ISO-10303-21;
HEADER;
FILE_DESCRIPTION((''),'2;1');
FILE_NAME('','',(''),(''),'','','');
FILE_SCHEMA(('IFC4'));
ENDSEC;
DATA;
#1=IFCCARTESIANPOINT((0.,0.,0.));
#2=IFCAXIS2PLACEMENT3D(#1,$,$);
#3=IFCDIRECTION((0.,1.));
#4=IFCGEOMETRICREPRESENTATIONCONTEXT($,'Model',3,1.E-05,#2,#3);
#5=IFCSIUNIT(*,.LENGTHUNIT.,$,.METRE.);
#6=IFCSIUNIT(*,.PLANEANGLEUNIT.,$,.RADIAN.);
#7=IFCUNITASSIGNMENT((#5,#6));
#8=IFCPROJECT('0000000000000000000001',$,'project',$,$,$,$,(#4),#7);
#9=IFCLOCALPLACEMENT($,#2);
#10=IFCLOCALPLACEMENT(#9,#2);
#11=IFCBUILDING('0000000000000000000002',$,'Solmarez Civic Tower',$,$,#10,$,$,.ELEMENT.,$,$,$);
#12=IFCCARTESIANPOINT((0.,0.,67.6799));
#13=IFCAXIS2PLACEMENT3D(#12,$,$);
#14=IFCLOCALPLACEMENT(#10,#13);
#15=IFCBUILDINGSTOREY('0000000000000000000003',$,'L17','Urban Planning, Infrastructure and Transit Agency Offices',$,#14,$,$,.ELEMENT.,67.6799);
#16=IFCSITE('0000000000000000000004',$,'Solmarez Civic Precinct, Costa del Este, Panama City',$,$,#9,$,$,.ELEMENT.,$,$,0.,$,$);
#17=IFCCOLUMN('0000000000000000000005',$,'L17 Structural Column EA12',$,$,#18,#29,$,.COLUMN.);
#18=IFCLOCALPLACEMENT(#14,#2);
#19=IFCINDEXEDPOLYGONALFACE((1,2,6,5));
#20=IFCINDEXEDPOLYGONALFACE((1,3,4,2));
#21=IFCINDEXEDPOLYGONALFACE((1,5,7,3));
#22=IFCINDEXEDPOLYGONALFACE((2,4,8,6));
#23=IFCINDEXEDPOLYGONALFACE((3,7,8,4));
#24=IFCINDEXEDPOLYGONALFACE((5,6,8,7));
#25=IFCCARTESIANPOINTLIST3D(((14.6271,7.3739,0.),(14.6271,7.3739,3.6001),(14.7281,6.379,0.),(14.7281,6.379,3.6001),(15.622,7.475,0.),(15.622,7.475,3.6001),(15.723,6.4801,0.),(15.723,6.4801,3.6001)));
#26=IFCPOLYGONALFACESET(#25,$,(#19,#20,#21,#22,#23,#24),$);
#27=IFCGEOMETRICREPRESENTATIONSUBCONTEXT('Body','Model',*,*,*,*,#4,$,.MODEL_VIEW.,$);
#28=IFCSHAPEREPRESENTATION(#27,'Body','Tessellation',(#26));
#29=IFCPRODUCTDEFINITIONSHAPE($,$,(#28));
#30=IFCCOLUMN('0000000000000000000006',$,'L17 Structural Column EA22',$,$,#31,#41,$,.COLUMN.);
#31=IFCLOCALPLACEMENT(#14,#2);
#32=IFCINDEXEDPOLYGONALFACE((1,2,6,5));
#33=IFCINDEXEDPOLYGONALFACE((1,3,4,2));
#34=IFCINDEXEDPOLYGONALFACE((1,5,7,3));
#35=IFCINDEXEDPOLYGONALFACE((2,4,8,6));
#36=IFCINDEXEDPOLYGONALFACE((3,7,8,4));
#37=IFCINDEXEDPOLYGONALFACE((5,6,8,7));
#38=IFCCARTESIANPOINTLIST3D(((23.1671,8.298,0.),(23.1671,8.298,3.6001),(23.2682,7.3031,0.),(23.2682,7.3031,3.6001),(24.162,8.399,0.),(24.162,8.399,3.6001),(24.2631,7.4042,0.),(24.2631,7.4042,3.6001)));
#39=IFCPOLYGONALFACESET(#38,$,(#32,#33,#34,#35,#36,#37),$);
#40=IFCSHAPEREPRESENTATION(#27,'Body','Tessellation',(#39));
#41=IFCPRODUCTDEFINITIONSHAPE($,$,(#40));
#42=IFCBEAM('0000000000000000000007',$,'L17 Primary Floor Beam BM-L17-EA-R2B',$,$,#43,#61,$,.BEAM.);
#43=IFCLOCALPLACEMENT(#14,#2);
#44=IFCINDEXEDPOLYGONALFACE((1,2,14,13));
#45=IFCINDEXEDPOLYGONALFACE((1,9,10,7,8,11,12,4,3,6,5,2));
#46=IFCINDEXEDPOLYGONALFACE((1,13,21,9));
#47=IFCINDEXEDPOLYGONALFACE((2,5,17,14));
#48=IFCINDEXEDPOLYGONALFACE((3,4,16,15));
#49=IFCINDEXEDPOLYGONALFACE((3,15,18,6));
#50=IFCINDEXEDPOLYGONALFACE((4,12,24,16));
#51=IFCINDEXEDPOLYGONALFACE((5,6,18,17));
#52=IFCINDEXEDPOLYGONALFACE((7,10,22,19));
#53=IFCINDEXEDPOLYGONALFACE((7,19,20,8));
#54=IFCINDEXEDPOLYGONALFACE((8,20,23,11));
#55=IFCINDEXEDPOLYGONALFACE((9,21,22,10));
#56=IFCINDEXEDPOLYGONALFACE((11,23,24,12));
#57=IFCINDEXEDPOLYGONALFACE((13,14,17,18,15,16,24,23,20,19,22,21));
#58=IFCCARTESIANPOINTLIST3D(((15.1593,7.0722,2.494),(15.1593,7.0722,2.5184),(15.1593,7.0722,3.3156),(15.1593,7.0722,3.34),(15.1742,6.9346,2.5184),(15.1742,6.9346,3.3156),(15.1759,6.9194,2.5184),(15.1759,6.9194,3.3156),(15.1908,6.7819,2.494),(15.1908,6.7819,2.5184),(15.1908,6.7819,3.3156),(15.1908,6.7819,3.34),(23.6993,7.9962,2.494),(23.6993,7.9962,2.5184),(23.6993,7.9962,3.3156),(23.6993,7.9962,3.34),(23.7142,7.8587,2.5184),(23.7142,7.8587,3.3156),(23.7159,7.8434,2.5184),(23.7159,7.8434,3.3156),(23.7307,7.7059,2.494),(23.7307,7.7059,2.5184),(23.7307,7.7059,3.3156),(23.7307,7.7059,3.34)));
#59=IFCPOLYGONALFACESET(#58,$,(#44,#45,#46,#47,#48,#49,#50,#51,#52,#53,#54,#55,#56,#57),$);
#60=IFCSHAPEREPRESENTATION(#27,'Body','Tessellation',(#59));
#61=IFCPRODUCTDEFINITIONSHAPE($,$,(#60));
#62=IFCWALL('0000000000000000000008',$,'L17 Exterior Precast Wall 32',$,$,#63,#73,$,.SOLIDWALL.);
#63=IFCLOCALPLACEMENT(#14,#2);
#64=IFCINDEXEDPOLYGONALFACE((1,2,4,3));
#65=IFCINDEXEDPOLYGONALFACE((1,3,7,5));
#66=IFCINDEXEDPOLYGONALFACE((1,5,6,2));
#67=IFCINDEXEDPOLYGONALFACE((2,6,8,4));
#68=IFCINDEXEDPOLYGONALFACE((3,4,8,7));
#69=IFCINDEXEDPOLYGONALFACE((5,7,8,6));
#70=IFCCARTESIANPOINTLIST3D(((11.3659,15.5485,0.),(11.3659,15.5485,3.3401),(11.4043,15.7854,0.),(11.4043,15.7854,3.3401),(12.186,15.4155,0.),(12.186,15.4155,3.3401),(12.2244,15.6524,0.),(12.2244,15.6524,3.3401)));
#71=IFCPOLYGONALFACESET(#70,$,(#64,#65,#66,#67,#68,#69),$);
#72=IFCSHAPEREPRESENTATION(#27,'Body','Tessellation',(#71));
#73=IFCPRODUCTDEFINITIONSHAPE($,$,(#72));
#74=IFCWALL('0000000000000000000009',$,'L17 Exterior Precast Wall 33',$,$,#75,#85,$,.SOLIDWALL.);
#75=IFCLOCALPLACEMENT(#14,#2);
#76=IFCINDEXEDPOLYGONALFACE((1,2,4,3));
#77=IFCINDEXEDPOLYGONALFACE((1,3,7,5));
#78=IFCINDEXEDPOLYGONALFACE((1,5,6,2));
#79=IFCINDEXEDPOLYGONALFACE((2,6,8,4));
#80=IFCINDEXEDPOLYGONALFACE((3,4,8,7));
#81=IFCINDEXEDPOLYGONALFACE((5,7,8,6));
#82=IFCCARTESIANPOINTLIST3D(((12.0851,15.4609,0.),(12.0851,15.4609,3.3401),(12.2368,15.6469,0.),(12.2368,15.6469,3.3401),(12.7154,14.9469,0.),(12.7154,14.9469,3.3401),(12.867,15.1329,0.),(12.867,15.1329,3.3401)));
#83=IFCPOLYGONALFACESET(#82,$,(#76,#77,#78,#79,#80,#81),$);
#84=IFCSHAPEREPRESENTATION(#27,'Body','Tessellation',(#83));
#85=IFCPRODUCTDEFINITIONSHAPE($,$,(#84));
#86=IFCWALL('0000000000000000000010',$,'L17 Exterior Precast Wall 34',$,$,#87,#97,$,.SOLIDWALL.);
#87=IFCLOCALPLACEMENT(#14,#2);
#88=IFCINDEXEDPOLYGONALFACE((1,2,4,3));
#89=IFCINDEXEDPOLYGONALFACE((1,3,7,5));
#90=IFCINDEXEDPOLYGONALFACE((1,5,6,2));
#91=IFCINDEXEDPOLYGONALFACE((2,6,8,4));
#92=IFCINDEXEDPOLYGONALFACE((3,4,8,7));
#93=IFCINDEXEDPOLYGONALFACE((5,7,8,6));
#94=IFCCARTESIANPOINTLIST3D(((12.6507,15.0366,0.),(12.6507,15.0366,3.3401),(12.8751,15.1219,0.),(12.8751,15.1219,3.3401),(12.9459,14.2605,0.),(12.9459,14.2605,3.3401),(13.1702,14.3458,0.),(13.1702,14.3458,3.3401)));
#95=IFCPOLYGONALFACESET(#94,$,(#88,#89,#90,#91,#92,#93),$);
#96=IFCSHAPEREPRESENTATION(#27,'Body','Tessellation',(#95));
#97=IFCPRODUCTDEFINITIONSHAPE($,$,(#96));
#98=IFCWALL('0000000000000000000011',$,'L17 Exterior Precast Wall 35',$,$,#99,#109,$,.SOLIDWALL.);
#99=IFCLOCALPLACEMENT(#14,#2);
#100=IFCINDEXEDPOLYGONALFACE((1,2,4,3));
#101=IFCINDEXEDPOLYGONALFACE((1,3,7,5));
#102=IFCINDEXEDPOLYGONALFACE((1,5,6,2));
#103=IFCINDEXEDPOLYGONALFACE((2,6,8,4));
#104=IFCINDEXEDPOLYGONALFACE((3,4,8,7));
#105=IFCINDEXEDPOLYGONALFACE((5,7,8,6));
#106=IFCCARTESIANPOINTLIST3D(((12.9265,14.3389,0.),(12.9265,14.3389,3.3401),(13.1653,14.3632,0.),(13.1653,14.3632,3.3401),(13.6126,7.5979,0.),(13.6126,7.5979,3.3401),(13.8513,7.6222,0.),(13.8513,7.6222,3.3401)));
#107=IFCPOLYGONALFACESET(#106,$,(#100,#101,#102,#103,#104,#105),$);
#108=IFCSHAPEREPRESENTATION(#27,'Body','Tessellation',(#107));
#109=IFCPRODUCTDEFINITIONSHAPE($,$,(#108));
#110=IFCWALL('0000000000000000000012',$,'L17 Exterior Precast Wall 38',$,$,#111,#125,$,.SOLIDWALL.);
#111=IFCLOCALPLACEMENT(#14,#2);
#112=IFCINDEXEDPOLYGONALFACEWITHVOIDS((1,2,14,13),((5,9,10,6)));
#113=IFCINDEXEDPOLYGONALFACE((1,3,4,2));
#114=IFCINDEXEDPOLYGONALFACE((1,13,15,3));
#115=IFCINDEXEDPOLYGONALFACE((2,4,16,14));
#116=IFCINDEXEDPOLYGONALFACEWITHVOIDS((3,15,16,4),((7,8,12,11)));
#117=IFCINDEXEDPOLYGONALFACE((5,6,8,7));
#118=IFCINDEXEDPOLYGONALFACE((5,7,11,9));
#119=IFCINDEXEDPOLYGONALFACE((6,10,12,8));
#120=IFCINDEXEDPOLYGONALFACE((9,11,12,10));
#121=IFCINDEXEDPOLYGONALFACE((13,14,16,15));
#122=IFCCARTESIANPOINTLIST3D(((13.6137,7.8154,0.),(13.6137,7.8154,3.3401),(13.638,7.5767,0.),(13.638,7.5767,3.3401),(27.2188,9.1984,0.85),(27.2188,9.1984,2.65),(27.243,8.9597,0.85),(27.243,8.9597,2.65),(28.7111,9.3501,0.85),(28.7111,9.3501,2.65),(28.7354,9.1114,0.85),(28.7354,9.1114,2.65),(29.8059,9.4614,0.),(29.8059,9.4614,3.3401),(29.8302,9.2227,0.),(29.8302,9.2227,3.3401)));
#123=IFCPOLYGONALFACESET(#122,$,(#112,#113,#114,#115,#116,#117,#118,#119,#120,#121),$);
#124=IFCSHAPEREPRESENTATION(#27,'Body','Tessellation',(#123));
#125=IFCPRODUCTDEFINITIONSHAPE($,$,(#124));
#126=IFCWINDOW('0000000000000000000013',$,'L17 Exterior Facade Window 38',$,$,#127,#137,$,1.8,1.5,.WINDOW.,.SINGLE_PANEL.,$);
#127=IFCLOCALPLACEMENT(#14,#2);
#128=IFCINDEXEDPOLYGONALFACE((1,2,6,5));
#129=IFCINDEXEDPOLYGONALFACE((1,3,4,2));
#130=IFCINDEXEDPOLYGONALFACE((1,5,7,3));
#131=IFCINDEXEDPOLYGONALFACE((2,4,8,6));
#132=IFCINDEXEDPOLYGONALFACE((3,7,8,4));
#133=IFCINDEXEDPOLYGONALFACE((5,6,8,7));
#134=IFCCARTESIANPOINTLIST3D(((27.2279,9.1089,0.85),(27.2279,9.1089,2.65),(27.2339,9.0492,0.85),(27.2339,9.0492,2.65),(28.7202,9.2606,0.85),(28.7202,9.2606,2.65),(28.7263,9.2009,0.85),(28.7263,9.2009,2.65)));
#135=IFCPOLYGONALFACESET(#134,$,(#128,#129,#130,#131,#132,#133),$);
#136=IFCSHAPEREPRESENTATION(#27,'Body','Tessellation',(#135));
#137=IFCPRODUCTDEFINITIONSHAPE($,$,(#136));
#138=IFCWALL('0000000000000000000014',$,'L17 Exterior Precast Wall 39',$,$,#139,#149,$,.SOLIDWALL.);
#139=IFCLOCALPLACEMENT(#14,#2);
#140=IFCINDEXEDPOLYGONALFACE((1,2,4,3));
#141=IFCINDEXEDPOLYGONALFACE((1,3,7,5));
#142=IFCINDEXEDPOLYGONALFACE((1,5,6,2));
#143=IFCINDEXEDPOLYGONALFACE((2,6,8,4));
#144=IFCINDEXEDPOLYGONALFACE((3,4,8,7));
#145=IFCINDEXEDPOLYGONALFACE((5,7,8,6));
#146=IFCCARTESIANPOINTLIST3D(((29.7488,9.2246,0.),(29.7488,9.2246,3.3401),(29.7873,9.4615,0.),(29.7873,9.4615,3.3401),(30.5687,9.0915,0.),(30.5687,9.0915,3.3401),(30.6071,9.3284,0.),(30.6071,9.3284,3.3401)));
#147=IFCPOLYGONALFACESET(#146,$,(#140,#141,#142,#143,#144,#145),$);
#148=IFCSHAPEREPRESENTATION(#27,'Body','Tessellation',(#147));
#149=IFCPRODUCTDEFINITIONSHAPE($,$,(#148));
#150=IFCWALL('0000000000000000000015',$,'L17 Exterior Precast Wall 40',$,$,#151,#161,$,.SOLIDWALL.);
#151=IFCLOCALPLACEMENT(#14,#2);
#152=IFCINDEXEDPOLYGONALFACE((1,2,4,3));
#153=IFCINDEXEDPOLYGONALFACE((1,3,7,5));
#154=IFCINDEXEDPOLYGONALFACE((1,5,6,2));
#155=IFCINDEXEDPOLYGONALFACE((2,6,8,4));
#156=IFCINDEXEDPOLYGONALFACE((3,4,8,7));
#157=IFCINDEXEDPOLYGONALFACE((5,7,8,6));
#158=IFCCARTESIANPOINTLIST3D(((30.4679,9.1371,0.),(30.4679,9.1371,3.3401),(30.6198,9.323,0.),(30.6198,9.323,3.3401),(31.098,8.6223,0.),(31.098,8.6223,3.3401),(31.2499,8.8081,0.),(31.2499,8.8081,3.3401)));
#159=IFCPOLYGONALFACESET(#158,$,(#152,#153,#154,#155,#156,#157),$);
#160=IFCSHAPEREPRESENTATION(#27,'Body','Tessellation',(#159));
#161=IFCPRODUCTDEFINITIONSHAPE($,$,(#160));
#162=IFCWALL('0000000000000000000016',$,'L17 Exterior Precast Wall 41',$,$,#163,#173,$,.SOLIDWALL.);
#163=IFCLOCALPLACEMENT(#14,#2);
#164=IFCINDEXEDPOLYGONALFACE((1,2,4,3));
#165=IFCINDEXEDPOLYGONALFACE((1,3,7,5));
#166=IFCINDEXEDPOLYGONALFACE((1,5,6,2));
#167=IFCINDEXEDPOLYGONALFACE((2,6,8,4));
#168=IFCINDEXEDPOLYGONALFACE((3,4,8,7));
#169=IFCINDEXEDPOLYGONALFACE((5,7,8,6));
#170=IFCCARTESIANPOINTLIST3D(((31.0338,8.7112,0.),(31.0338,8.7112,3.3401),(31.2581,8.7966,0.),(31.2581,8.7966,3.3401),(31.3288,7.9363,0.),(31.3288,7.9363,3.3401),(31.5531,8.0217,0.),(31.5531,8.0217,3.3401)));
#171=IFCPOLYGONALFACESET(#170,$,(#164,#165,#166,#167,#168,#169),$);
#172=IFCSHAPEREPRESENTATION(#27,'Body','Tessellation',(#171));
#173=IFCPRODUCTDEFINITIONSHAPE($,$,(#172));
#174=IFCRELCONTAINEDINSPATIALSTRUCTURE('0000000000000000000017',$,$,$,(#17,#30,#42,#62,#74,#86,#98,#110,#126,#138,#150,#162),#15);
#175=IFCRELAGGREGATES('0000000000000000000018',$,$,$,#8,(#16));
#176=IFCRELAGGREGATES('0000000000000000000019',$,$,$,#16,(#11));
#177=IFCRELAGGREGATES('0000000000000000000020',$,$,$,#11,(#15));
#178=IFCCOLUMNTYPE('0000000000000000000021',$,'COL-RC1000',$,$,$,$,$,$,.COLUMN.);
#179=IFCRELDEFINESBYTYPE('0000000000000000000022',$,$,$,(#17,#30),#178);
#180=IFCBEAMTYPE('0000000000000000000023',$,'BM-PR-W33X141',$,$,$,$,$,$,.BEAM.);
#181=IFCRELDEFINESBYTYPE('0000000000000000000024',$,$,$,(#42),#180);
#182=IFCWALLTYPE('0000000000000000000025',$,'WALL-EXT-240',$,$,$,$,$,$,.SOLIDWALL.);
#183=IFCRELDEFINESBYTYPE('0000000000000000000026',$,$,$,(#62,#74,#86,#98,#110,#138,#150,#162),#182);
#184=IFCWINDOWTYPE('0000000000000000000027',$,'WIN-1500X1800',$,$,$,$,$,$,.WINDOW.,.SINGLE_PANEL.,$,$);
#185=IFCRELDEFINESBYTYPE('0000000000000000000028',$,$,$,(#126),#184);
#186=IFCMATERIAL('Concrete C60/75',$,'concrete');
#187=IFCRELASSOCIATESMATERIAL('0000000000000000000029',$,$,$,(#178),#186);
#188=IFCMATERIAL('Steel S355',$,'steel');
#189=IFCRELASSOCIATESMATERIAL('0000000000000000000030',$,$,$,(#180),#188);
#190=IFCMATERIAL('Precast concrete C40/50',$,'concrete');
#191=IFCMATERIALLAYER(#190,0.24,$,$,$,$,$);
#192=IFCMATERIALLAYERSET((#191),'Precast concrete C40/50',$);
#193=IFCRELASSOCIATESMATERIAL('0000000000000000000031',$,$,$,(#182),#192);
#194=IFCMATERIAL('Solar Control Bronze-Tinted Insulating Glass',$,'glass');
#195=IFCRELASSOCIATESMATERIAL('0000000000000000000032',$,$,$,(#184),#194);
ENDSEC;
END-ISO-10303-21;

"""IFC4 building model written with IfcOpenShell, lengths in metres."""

from ifc_helpers import new_model, si_unit, direction, frame, frame_2d, origin, origin_2d, place, context, subcontext, project, spatial, rectangle, i_section, extrude, material, layer, layer_set, material_profile, profile_set, type_object, element, fill, save


model = new_model("IFC4")

# Units and contexts
model_context = context("Model", 3, precision=1e-05, world=origin(), true_north=direction((0.0, 1.0)))
body_context = subcontext(model_context, "Body", "Model", "MODEL_VIEW")
ifc_project = project(units=[si_unit("LENGTHUNIT", "METRE"), si_unit("PLANEANGLEUNIT", "RADIAN")], contexts=[model_context])

# Site, building, storey
site_placement = place(None, origin())
site = spatial("IfcSite", under=ifc_project, at=site_placement, Name="Solmarez Civic Precinct, Costa del Este, Panama City", CompositionType="ELEMENT", RefElevation=0.0)
building_placement = place(site_placement, origin())
building = spatial("IfcBuilding", under=site, at=building_placement, Name="Solmarez Civic Tower", CompositionType="ELEMENT")
storey_placement = place(building_placement, frame((0.0, 0.0, 67.6799)))
storey = spatial("IfcBuildingStorey", under=building, at=storey_placement, Name="L17", Description="Urban Planning, Infrastructure and Transit Agency Offices", CompositionType="ELEMENT", Elevation=67.6799)

# Columns
ifc_material_1 = material(Name="Concrete C60/75", Category="concrete")
ifc_material_profile_1 = material_profile(ifc_material_1, rectangle(XDim=1.0, YDim=1.0, at=origin_2d()), Name="RC1000X1000")
ifc_profile_set_1 = profile_set([ifc_material_profile_1], Name="Concrete C60/75")
column_type = type_object("IfcColumnType", Name="COL-RC1000", PredefinedType="COLUMN", material=ifc_profile_set_1)
for number, where, z_axis, x_axis, name in (
    (1, (15.175, 6.927, 0.0), (0.0, 0.0, 1.0), (0.994881, 0.101056, 0.0), "L17 Structural Column EA12"),
    (2, (23.7151, 7.8511, 0.0), (0.0, 0.0, 1.0), (0.994881, 0.101056, 0.0), "L17 Structural Column EA22"),
):
    element("IfcColumn", number, at=place(storey_placement, frame(where, z_axis=z_axis, x_axis=x_axis)), inside=storey, type_object=column_type, Name=name, PredefinedType="COLUMN", context=body_context, shape_type="SweptSolid", body=[
        extrude(rectangle(XDim=1.0, YDim=1.0, at=origin_2d()), origin(), (0.0, 0.0, 1.0), 3.6001),
    ])

# Beam
ifc_material_2 = material(Name="Steel S355", Category="steel")
ifc_material_profile_2 = material_profile(ifc_material_2, i_section(OverallWidth=0.292, OverallDepth=0.8459, WebThickness=0.0154, FlangeThickness=0.0244, at=origin_2d()), Name="W33X141")
ifc_profile_set_2 = profile_set([ifc_material_profile_2], Name="Steel S355")
beam_type = type_object("IfcBeamType", Name="BM-PR-W33X141", PredefinedType="BEAM", material=ifc_profile_set_2)
beam_placement = place(storey_placement, frame((15.175, 6.927, 2.917), z_axis=(0.994197, 0.107577, 0.0), x_axis=(-0.107577, 0.994197, 0.0)))
element("IfcBeam", 3, at=beam_placement, inside=storey, type_object=beam_type, Name="L17 Primary Floor Beam BM-L17-EA-R2B", PredefinedType="BEAM", context=body_context, shape_type="SweptSolid", body=[
    extrude(i_section(OverallWidth=0.292, OverallDepth=0.8459, WebThickness=0.0154, FlangeThickness=0.0244, at=origin_2d()), origin(), (0.0, 0.0, 1.0), 8.5898),
])

# Walls
ifc_material_3 = material(Name="Precast concrete C40/50", Category="concrete")
ifc_layer_1 = layer(ifc_material_3, 0.24)
ifc_layer_set_1 = layer_set([ifc_layer_1], Name="Precast concrete C40/50")
wall_type_1 = type_object("IfcWallType", Name="WALL-EXT-240", PredefinedType="SOLIDWALL", material=ifc_layer_set_1)
wall_1_placement = place(storey_placement, frame((11.385, 15.667, 0.0), z_axis=(0.0, 0.0, 1.0), x_axis=(0.987092, -0.160156, 0.0)))
element("IfcWall", 4, at=wall_1_placement, inside=storey, type_object=wall_type_1, Name="L17 Exterior Precast Wall 32", PredefinedType="SOLIDWALL", context=body_context, shape_type="SweptSolid", body=[
    extrude(rectangle(XDim=0.8308, YDim=0.24, at=frame_2d((0.4155, 0.0))), origin(), (0.0, 0.0, 1.0), 3.3401),
])
wall_2_placement = place(storey_placement, frame((12.1609, 15.554, 0.0), z_axis=(0.0, 0.0, 1.0), x_axis=(0.774946, -0.632027, 0.0)))
element("IfcWall", 5, at=wall_2_placement, inside=storey, type_object=wall_type_1, Name="L17 Exterior Precast Wall 33", PredefinedType="SOLIDWALL", context=body_context, shape_type="SweptSolid", body=[
    extrude(rectangle(XDim=0.8132, YDim=0.24, at=frame_2d((0.4067, 0.0))), origin(), (0.0, 0.0, 1.0), 3.3401),
])
wall_3_placement = place(storey_placement, frame((12.7629, 15.0791, 0.0), z_axis=(0.0, 0.0, 1.0), x_axis=(0.35547, -0.934688, 0.0)))
element("IfcWall", 6, at=wall_3_placement, inside=storey, type_object=wall_type_1, Name="L17 Exterior Precast Wall 34", PredefinedType="SOLIDWALL", context=body_context, shape_type="SweptSolid", body=[
    extrude(rectangle(XDim=0.8303, YDim=0.24, at=frame_2d((0.415, 0.0))), origin(), (0.0, 0.0, 1.0), 3.3401),
])
wall_4_placement = place(storey_placement, frame((13.0459, 14.3511, 0.0), z_axis=(0.0, 0.0, 1.0), x_axis=(0.101248, -0.994861, 0.0)))
element("IfcWall", 7, at=wall_4_placement, inside=storey, type_object=wall_type_1, Name="L17 Exterior Precast Wall 35", PredefinedType="SOLIDWALL", context=body_context, shape_type="SweptSolid", body=[
    extrude(rectangle(XDim=6.7759, YDim=0.24, at=frame_2d((3.3879, 0.0))), origin(), (0.0, 0.0, 1.0), 3.3401),
])

# Wall, opening, window
wall_5_placement = place(storey_placement, frame((13.626, 7.696, 0.0), z_axis=(0.0, 0.0, 1.0), x_axis=(0.994873, 0.101133, 0.0)))
wall_5 = element("IfcWall", 8, at=wall_5_placement, inside=storey, type_object=wall_type_1, Name="L17 Exterior Precast Wall 38", PredefinedType="SOLIDWALL", context=body_context, shape_type="SweptSolid", body=[
    extrude(rectangle(XDim=16.2756, YDim=0.24, at=frame_2d((8.1377, 0.0))), origin(), (0.0, 0.0, 1.0), 3.3401),
])
opening_1_placement = place(wall_5_placement, frame((13.675, 0.0, 0.8501)))
opening_1 = element("IfcOpeningElement", 9, at=opening_1_placement, cuts=wall_5, PredefinedType="OPENING", context=body_context, shape_type="SweptSolid", body=[
    extrude(rectangle(XDim=1.5, YDim=1.8, at=frame_2d((0.75, 0.8999))), frame((0.0, 0.1299, 0.0), z_axis=(0.0, -1.0, 0.0), x_axis=(1.0, 0.0, 0.0)), (0.0, 0.0, 1.0), 0.26),
])
ifc_material_4 = material(Name="Solar Control Bronze-Tinted Insulating Glass", Category="glass")
window_type_1 = type_object("IfcWindowType", Name="WIN-1500X1800", PartitioningType="SINGLE_PANEL", PredefinedType="WINDOW", material=ifc_material_4)
window_1_placement = place(opening_1_placement, origin())
window_1 = element("IfcWindow", 10, at=window_1_placement, inside=storey, type_object=window_type_1, Name="L17 Exterior Facade Window 38", OverallHeight=1.8, OverallWidth=1.5, PartitioningType="SINGLE_PANEL", PredefinedType="WINDOW", context=body_context, shape_type="SweptSolid", body=[
    extrude(rectangle(XDim=1.5, YDim=1.8, at=frame_2d((0.75, 0.8999))), frame((0.0, 0.03, 0.0), z_axis=(0.0, -1.0, 0.0), x_axis=(1.0, 0.0, 0.0)), (0.0, 0.0, 1.0), 0.0601),
])
fill(opening_1, window_1)

# Walls
wall_6_placement = place(storey_placement, frame((29.7681, 9.343, 0.0), z_axis=(0.0, 0.0, 1.0), x_axis=(0.987084, -0.160203, 0.0)))
element("IfcWall", 11, at=wall_6_placement, inside=storey, type_object=wall_type_1, Name="L17 Exterior Precast Wall 39", PredefinedType="SOLIDWALL", context=body_context, shape_type="SweptSolid", body=[
    extrude(rectangle(XDim=0.8306, YDim=0.24, at=frame_2d((0.4153, 0.0))), origin(), (0.0, 0.0, 1.0), 3.3401),
])
wall_7_placement = place(storey_placement, frame((30.5439, 9.23, 0.0), z_axis=(0.0, 0.0, 1.0), x_axis=(0.774358, -0.632748, 0.0)))
element("IfcWall", 12, at=wall_7_placement, inside=storey, type_object=wall_type_1, Name="L17 Exterior Precast Wall 40", PredefinedType="SOLIDWALL", context=body_context, shape_type="SweptSolid", body=[
    extrude(rectangle(XDim=0.8137, YDim=0.24, at=frame_2d((0.4067, 0.0))), origin(), (0.0, 0.0, 1.0), 3.3401),
])
wall_8_placement = place(storey_placement, frame((31.146, 8.7539, 0.0), z_axis=(0.0, 0.0, 1.0), x_axis=(0.355701, -0.9346, 0.0)))
element("IfcWall", 13, at=wall_8_placement, inside=storey, type_object=wall_type_1, Name="L17 Exterior Precast Wall 41", PredefinedType="SOLIDWALL", context=body_context, shape_type="SweptSolid", body=[
    extrude(rectangle(XDim=0.8291, YDim=0.24, at=frame_2d((0.4146, 0.0))), origin(), (0.0, 0.0, 1.0), 3.3401),
])

save(model, "model.ifc")
